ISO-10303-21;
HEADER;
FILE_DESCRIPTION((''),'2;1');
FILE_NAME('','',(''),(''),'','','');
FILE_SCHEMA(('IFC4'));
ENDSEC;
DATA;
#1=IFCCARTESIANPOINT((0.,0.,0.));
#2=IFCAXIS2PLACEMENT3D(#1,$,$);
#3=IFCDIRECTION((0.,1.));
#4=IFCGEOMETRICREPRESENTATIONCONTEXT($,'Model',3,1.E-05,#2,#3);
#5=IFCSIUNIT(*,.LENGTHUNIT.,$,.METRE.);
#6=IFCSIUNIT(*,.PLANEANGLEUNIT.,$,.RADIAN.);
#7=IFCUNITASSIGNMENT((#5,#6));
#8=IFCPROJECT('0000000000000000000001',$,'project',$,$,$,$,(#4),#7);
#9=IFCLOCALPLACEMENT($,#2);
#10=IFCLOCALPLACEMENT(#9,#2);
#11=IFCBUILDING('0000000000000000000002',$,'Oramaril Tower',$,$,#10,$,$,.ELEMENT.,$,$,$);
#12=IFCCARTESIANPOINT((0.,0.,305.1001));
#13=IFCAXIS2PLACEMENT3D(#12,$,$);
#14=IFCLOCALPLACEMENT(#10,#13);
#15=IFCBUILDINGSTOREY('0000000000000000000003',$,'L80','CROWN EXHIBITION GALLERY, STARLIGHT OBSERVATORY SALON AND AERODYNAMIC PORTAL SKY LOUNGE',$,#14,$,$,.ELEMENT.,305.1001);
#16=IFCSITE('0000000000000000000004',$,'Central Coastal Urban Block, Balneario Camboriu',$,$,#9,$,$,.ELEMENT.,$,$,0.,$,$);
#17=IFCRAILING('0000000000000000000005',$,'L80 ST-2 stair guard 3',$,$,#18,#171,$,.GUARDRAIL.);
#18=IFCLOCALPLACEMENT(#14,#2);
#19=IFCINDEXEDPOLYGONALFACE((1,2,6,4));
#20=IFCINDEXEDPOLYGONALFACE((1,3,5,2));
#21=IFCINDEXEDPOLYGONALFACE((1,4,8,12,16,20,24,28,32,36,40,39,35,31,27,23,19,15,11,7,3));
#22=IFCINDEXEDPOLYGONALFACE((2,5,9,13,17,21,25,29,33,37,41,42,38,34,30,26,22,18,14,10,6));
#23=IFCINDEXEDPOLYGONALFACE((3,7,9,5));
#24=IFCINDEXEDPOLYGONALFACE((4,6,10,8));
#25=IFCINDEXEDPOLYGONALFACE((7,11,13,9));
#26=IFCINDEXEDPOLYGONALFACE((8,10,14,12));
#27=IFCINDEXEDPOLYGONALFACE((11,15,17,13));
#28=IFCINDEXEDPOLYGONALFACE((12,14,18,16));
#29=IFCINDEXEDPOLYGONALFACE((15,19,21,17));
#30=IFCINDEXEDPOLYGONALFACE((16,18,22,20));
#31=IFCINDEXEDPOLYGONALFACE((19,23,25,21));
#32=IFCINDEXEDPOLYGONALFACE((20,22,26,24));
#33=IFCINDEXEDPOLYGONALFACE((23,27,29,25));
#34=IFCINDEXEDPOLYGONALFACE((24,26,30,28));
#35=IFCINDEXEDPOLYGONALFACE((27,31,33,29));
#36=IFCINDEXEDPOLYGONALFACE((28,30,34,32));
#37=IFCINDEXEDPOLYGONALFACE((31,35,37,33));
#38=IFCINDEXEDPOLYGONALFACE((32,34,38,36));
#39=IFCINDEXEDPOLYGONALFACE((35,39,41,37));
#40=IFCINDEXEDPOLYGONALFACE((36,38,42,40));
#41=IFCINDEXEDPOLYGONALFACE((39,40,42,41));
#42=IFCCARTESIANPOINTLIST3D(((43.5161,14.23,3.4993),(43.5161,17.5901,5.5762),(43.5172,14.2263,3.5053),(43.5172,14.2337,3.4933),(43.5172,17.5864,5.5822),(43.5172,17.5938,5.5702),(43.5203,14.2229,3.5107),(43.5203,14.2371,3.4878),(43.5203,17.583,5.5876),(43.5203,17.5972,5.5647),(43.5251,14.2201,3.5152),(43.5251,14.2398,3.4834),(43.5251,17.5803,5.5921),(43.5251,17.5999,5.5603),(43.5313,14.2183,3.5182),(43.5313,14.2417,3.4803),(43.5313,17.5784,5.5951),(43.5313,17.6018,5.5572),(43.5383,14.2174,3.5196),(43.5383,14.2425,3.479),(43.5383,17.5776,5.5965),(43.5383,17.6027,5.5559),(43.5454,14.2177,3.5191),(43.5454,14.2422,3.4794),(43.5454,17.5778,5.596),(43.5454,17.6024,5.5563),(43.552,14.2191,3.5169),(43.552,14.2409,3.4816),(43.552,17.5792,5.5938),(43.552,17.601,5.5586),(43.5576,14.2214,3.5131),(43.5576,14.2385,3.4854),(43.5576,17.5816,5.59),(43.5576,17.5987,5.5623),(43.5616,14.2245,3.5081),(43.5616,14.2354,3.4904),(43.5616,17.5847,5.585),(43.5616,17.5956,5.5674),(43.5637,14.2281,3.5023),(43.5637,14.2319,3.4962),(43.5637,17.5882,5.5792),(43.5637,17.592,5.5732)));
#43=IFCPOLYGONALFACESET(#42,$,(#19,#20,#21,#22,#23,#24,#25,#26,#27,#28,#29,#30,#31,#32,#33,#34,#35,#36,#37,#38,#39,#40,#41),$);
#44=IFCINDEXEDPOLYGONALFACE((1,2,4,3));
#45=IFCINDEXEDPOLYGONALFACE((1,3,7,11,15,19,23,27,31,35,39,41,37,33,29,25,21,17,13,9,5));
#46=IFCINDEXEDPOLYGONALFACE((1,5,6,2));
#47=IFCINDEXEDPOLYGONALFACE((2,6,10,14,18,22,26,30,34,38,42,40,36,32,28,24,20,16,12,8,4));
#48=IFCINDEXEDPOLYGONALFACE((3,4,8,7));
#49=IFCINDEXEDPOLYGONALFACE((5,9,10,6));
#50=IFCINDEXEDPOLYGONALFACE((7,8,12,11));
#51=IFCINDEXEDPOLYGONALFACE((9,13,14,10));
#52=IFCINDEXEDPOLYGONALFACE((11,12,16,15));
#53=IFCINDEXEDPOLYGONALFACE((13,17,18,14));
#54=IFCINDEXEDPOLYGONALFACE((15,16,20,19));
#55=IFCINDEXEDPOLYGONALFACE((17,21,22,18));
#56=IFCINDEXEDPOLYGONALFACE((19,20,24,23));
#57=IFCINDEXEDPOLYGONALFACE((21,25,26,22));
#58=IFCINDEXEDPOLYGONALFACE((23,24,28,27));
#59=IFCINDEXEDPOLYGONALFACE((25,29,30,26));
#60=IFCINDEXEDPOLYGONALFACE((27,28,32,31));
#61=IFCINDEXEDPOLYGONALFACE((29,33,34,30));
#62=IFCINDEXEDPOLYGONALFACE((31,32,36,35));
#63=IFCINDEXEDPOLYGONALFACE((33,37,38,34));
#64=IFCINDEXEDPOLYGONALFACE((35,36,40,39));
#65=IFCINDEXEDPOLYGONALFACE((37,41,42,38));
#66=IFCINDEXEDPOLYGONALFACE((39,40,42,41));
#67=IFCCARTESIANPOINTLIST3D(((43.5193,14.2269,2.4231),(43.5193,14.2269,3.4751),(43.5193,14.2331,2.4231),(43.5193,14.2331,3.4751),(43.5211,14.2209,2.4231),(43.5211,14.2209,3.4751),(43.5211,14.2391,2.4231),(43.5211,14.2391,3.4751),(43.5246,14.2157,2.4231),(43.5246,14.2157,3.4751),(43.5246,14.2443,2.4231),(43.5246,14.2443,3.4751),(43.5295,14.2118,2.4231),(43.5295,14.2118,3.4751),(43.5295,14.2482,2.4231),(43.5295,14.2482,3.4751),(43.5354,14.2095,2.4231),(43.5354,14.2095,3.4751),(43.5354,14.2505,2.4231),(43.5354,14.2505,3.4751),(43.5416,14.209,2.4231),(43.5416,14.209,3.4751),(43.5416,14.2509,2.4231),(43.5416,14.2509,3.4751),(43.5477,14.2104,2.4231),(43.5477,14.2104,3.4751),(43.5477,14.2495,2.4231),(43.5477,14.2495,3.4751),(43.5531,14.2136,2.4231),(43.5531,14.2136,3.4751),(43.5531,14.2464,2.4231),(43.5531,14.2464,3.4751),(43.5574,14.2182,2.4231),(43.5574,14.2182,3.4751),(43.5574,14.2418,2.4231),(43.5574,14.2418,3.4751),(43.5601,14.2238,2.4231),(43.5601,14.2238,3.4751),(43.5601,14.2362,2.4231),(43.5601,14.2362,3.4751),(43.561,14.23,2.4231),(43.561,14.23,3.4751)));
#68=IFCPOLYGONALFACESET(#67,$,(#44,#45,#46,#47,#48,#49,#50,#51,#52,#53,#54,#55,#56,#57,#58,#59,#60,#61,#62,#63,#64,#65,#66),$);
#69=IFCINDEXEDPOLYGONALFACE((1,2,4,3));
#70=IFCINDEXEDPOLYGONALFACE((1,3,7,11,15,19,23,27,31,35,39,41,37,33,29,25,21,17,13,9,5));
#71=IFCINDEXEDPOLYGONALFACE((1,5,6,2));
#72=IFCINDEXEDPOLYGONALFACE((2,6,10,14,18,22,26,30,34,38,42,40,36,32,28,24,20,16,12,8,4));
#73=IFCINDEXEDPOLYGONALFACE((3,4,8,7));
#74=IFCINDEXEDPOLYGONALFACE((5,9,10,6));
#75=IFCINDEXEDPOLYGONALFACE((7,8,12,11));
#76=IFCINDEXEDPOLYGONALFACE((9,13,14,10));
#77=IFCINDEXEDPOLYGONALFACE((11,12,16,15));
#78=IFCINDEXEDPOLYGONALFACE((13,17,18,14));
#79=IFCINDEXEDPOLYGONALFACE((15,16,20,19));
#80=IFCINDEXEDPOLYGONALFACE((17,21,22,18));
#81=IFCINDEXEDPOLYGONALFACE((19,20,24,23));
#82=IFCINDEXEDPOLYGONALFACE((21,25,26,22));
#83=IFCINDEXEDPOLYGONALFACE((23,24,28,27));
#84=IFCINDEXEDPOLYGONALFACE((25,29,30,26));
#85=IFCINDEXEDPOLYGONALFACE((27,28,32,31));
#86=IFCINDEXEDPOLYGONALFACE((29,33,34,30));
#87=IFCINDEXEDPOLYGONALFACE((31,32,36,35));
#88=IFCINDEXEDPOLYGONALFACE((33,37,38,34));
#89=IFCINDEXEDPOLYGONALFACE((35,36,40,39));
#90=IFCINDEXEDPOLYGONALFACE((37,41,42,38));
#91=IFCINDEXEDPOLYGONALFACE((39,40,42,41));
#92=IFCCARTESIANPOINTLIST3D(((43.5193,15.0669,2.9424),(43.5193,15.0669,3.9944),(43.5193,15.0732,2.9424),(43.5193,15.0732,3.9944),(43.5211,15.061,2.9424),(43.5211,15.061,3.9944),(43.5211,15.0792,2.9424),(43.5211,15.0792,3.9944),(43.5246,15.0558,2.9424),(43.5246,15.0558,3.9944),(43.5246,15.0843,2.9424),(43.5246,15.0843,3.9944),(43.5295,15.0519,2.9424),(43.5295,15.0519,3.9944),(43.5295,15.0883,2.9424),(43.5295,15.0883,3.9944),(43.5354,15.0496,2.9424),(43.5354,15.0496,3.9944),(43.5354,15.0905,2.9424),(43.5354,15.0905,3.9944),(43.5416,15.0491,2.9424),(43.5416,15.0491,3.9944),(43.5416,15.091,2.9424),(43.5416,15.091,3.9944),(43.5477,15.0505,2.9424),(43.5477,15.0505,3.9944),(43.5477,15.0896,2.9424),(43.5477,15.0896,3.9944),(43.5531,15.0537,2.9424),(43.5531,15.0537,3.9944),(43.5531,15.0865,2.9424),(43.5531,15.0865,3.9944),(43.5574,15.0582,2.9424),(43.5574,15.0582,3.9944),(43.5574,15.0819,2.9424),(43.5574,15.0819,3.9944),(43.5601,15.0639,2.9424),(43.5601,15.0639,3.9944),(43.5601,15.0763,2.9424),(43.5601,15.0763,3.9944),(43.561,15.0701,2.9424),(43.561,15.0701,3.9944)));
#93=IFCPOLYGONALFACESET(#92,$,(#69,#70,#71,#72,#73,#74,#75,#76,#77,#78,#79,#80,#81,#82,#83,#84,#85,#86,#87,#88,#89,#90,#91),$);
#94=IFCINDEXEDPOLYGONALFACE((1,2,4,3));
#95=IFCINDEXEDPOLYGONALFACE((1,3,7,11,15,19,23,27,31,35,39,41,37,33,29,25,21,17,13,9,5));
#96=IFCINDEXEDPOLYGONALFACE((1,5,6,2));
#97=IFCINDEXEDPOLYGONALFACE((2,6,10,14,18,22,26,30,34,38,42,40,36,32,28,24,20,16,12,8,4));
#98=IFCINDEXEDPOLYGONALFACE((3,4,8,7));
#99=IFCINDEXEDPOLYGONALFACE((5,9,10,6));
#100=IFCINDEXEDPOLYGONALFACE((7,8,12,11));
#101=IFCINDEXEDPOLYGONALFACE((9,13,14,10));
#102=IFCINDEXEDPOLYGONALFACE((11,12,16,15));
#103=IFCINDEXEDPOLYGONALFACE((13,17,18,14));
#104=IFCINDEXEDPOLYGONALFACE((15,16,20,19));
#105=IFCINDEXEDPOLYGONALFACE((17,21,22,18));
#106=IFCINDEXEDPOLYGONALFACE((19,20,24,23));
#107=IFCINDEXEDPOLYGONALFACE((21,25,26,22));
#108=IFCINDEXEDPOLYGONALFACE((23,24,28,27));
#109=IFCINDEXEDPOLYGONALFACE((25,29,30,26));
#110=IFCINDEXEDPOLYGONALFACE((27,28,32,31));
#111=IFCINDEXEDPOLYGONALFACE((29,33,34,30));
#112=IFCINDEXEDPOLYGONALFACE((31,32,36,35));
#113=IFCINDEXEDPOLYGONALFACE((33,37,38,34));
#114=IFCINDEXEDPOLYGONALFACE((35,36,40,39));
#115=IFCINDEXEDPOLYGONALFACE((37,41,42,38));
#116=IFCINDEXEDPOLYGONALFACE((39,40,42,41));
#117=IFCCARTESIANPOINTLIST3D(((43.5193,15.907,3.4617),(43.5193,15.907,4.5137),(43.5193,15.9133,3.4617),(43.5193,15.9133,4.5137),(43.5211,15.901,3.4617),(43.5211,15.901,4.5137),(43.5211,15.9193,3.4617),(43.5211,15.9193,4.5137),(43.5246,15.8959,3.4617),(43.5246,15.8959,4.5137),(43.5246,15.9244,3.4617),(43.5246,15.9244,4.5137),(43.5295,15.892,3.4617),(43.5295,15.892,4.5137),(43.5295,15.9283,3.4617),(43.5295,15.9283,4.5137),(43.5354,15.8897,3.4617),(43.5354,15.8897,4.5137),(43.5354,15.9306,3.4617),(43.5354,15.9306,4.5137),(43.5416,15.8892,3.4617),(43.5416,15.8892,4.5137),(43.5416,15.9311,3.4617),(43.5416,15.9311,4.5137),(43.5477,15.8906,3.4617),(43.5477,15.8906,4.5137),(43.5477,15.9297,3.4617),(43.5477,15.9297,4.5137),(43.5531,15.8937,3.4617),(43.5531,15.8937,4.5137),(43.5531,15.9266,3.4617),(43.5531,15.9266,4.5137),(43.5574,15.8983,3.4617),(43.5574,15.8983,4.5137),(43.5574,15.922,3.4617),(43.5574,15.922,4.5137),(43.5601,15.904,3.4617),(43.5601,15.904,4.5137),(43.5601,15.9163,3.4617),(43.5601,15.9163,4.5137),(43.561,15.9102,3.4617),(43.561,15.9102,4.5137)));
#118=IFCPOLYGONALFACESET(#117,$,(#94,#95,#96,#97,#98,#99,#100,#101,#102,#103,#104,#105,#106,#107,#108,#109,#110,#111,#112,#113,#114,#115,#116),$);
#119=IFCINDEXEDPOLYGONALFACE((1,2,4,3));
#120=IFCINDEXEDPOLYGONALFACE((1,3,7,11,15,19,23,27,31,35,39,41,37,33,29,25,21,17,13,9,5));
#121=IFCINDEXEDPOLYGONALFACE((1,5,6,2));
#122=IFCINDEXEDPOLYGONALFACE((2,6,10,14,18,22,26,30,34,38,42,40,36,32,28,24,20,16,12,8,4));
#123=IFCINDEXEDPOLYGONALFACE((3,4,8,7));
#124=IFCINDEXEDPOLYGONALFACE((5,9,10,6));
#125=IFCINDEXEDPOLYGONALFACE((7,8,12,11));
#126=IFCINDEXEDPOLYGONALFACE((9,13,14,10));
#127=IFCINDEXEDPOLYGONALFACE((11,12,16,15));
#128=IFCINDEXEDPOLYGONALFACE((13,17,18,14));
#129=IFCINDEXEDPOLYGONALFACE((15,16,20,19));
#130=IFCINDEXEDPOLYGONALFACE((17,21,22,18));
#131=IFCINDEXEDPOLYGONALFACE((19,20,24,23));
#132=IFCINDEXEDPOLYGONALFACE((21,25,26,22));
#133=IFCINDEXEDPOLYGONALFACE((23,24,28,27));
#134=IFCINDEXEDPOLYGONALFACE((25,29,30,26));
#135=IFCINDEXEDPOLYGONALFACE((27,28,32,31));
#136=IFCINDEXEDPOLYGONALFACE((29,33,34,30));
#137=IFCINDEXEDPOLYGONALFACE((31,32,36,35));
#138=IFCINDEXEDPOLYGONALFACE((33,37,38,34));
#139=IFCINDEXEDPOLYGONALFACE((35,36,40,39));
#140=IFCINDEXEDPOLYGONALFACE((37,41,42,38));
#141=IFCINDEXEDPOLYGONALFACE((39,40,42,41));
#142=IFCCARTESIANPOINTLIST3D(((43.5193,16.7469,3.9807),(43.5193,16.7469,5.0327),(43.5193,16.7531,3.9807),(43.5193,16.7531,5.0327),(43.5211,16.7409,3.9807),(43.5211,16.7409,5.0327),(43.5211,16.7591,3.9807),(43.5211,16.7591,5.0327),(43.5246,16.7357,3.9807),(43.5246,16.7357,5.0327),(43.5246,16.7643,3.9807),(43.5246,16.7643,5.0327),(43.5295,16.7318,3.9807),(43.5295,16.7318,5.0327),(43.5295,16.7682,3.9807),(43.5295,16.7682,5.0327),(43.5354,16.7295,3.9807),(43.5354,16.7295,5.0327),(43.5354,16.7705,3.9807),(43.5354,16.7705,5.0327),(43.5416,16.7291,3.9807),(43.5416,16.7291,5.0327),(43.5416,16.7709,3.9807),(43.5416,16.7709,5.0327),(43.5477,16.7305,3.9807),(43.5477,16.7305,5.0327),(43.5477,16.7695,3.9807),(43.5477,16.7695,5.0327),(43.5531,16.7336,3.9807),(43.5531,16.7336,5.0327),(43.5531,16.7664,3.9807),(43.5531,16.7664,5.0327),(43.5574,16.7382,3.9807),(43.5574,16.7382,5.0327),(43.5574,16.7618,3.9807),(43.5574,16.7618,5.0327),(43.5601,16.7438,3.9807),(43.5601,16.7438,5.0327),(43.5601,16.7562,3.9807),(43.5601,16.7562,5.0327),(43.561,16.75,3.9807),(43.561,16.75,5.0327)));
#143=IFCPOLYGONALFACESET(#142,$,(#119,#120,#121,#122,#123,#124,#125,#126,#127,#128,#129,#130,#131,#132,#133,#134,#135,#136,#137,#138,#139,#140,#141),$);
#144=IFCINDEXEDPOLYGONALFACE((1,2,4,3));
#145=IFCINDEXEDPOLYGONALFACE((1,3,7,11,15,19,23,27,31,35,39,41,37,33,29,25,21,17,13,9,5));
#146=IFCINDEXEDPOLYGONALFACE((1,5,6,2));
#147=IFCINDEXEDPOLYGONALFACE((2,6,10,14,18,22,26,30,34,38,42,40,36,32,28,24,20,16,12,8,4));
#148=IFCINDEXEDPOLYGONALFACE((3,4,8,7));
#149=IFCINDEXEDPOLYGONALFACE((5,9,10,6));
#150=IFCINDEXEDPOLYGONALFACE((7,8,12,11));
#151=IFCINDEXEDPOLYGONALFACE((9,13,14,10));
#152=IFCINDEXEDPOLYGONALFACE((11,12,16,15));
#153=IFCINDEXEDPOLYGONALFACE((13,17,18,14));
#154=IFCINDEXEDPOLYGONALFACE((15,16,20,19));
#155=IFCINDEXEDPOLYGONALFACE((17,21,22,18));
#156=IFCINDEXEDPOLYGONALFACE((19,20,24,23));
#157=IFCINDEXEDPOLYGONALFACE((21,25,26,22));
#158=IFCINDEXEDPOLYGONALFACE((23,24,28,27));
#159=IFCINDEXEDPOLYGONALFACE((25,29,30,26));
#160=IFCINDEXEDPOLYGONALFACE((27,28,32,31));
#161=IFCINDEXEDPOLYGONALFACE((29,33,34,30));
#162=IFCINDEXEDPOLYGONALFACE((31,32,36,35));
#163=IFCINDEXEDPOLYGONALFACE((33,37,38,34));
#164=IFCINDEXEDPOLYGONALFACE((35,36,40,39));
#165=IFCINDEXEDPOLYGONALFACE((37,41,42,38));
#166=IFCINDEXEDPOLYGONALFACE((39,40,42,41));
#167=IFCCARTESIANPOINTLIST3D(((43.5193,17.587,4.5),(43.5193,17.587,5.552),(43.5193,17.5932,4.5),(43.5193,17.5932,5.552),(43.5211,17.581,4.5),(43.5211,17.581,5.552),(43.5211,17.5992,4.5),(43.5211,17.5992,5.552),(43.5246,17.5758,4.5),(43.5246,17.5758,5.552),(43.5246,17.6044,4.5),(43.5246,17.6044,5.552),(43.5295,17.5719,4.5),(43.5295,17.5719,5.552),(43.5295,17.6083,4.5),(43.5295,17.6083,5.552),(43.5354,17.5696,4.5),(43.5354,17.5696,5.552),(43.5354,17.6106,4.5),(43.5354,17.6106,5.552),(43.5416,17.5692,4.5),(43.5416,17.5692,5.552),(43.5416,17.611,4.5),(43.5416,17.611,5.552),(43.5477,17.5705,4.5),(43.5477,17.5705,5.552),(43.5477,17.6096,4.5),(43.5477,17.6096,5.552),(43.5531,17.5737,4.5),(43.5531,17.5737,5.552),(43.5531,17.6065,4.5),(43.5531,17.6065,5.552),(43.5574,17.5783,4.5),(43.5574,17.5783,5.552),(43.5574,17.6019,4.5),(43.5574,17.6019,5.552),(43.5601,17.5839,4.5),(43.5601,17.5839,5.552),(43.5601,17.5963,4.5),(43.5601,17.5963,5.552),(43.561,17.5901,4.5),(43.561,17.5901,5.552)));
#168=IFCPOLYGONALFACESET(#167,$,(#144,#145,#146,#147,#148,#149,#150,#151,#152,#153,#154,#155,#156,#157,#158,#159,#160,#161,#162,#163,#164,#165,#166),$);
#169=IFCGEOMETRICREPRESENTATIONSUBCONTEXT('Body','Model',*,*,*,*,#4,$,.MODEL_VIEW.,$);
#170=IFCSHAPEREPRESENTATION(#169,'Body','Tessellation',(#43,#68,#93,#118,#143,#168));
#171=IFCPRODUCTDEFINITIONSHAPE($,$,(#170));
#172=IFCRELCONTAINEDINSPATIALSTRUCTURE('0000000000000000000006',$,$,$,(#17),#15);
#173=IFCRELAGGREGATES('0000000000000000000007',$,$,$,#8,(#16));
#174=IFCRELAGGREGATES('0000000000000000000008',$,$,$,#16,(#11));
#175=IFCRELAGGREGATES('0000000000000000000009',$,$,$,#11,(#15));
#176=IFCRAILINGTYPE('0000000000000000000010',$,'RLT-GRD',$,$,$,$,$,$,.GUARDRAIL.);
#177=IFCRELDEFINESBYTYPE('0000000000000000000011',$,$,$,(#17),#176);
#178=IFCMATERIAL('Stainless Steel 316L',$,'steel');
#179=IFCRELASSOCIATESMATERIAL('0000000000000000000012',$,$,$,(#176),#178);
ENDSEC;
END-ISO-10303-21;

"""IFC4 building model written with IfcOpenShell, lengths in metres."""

from ifc_helpers import new_model, si_unit, direction, frame, origin, origin_2d, place, context, subcontext, project, spatial, circle, extrude, material, type_object, element, save


model = new_model("IFC4")

# Units and contexts
model_context = context("Model", 3, precision=1e-05, world=origin(), true_north=direction((0.0, 1.0)))
body_context = subcontext(model_context, "Body", "Model", "MODEL_VIEW")
ifc_project = project(units=[si_unit("LENGTHUNIT", "METRE"), si_unit("PLANEANGLEUNIT", "RADIAN")], contexts=[model_context])

# Site, building, storey
site_placement = place(None, origin())
site = spatial("IfcSite", under=ifc_project, at=site_placement, Name="Central Coastal Urban Block, Balneario Camboriu", CompositionType="ELEMENT", RefElevation=0.0)
building_placement = place(site_placement, origin())
building = spatial("IfcBuilding", under=site, at=building_placement, Name="Oramaril Tower", CompositionType="ELEMENT")
storey_placement = place(building_placement, frame((0.0, 0.0, 305.1001)))
storey = spatial("IfcBuildingStorey", under=building, at=storey_placement, Name="L80", Description="CROWN EXHIBITION GALLERY, STARLIGHT OBSERVATORY SALON AND AERODYNAMIC PORTAL SKY LOUNGE", CompositionType="ELEMENT", Elevation=305.1001)

# Railing
ifc_material_1 = material(Name="Stainless Steel 316L", Category="steel")
railing_type_1 = type_object("IfcRailingType", Name="RLT-GRD", PredefinedType="GUARDRAIL", material=ifc_material_1)
railing_1_placement = place(storey_placement, frame((43.54, 14.23, 2.4231)))
element("IfcRailing", 1, at=railing_1_placement, inside=storey, type_object=railing_type_1, Name="L80 ST-2 stair guard 3", PredefinedType="GUARDRAIL", context=body_context, shape_type="SweptSolid", body=[
    extrude(circle(Radius=0.0239, at=origin_2d()), frame((0.0, 0.0, 1.0762), z_axis=(0.0, 0.850623, 0.525776), x_axis=(-1.0, 0.0, 0.0)), (0.0, 0.0, 1.0), 3.9502),
    extrude(circle(Radius=0.021, at=origin_2d()), origin(), (0.0, 0.0, 1.0), 1.052),
    extrude(circle(Radius=0.021, at=origin_2d()), frame((0.0, 0.8401, 0.5193)), (0.0, 0.0, 1.0), 1.052),
    extrude(circle(Radius=0.021, at=origin_2d()), frame((0.0, 1.6802, 1.0386)), (0.0, 0.0, 1.0), 1.052),
    extrude(circle(Radius=0.021, at=origin_2d()), frame((0.0, 2.52, 1.5576)), (0.0, 0.0, 1.0), 1.052),
    extrude(circle(Radius=0.021, at=origin_2d()), frame((0.0, 3.3601, 2.0769)), (0.0, 0.0, 1.0), 1.052),
])

save(model, "model.ifc")
